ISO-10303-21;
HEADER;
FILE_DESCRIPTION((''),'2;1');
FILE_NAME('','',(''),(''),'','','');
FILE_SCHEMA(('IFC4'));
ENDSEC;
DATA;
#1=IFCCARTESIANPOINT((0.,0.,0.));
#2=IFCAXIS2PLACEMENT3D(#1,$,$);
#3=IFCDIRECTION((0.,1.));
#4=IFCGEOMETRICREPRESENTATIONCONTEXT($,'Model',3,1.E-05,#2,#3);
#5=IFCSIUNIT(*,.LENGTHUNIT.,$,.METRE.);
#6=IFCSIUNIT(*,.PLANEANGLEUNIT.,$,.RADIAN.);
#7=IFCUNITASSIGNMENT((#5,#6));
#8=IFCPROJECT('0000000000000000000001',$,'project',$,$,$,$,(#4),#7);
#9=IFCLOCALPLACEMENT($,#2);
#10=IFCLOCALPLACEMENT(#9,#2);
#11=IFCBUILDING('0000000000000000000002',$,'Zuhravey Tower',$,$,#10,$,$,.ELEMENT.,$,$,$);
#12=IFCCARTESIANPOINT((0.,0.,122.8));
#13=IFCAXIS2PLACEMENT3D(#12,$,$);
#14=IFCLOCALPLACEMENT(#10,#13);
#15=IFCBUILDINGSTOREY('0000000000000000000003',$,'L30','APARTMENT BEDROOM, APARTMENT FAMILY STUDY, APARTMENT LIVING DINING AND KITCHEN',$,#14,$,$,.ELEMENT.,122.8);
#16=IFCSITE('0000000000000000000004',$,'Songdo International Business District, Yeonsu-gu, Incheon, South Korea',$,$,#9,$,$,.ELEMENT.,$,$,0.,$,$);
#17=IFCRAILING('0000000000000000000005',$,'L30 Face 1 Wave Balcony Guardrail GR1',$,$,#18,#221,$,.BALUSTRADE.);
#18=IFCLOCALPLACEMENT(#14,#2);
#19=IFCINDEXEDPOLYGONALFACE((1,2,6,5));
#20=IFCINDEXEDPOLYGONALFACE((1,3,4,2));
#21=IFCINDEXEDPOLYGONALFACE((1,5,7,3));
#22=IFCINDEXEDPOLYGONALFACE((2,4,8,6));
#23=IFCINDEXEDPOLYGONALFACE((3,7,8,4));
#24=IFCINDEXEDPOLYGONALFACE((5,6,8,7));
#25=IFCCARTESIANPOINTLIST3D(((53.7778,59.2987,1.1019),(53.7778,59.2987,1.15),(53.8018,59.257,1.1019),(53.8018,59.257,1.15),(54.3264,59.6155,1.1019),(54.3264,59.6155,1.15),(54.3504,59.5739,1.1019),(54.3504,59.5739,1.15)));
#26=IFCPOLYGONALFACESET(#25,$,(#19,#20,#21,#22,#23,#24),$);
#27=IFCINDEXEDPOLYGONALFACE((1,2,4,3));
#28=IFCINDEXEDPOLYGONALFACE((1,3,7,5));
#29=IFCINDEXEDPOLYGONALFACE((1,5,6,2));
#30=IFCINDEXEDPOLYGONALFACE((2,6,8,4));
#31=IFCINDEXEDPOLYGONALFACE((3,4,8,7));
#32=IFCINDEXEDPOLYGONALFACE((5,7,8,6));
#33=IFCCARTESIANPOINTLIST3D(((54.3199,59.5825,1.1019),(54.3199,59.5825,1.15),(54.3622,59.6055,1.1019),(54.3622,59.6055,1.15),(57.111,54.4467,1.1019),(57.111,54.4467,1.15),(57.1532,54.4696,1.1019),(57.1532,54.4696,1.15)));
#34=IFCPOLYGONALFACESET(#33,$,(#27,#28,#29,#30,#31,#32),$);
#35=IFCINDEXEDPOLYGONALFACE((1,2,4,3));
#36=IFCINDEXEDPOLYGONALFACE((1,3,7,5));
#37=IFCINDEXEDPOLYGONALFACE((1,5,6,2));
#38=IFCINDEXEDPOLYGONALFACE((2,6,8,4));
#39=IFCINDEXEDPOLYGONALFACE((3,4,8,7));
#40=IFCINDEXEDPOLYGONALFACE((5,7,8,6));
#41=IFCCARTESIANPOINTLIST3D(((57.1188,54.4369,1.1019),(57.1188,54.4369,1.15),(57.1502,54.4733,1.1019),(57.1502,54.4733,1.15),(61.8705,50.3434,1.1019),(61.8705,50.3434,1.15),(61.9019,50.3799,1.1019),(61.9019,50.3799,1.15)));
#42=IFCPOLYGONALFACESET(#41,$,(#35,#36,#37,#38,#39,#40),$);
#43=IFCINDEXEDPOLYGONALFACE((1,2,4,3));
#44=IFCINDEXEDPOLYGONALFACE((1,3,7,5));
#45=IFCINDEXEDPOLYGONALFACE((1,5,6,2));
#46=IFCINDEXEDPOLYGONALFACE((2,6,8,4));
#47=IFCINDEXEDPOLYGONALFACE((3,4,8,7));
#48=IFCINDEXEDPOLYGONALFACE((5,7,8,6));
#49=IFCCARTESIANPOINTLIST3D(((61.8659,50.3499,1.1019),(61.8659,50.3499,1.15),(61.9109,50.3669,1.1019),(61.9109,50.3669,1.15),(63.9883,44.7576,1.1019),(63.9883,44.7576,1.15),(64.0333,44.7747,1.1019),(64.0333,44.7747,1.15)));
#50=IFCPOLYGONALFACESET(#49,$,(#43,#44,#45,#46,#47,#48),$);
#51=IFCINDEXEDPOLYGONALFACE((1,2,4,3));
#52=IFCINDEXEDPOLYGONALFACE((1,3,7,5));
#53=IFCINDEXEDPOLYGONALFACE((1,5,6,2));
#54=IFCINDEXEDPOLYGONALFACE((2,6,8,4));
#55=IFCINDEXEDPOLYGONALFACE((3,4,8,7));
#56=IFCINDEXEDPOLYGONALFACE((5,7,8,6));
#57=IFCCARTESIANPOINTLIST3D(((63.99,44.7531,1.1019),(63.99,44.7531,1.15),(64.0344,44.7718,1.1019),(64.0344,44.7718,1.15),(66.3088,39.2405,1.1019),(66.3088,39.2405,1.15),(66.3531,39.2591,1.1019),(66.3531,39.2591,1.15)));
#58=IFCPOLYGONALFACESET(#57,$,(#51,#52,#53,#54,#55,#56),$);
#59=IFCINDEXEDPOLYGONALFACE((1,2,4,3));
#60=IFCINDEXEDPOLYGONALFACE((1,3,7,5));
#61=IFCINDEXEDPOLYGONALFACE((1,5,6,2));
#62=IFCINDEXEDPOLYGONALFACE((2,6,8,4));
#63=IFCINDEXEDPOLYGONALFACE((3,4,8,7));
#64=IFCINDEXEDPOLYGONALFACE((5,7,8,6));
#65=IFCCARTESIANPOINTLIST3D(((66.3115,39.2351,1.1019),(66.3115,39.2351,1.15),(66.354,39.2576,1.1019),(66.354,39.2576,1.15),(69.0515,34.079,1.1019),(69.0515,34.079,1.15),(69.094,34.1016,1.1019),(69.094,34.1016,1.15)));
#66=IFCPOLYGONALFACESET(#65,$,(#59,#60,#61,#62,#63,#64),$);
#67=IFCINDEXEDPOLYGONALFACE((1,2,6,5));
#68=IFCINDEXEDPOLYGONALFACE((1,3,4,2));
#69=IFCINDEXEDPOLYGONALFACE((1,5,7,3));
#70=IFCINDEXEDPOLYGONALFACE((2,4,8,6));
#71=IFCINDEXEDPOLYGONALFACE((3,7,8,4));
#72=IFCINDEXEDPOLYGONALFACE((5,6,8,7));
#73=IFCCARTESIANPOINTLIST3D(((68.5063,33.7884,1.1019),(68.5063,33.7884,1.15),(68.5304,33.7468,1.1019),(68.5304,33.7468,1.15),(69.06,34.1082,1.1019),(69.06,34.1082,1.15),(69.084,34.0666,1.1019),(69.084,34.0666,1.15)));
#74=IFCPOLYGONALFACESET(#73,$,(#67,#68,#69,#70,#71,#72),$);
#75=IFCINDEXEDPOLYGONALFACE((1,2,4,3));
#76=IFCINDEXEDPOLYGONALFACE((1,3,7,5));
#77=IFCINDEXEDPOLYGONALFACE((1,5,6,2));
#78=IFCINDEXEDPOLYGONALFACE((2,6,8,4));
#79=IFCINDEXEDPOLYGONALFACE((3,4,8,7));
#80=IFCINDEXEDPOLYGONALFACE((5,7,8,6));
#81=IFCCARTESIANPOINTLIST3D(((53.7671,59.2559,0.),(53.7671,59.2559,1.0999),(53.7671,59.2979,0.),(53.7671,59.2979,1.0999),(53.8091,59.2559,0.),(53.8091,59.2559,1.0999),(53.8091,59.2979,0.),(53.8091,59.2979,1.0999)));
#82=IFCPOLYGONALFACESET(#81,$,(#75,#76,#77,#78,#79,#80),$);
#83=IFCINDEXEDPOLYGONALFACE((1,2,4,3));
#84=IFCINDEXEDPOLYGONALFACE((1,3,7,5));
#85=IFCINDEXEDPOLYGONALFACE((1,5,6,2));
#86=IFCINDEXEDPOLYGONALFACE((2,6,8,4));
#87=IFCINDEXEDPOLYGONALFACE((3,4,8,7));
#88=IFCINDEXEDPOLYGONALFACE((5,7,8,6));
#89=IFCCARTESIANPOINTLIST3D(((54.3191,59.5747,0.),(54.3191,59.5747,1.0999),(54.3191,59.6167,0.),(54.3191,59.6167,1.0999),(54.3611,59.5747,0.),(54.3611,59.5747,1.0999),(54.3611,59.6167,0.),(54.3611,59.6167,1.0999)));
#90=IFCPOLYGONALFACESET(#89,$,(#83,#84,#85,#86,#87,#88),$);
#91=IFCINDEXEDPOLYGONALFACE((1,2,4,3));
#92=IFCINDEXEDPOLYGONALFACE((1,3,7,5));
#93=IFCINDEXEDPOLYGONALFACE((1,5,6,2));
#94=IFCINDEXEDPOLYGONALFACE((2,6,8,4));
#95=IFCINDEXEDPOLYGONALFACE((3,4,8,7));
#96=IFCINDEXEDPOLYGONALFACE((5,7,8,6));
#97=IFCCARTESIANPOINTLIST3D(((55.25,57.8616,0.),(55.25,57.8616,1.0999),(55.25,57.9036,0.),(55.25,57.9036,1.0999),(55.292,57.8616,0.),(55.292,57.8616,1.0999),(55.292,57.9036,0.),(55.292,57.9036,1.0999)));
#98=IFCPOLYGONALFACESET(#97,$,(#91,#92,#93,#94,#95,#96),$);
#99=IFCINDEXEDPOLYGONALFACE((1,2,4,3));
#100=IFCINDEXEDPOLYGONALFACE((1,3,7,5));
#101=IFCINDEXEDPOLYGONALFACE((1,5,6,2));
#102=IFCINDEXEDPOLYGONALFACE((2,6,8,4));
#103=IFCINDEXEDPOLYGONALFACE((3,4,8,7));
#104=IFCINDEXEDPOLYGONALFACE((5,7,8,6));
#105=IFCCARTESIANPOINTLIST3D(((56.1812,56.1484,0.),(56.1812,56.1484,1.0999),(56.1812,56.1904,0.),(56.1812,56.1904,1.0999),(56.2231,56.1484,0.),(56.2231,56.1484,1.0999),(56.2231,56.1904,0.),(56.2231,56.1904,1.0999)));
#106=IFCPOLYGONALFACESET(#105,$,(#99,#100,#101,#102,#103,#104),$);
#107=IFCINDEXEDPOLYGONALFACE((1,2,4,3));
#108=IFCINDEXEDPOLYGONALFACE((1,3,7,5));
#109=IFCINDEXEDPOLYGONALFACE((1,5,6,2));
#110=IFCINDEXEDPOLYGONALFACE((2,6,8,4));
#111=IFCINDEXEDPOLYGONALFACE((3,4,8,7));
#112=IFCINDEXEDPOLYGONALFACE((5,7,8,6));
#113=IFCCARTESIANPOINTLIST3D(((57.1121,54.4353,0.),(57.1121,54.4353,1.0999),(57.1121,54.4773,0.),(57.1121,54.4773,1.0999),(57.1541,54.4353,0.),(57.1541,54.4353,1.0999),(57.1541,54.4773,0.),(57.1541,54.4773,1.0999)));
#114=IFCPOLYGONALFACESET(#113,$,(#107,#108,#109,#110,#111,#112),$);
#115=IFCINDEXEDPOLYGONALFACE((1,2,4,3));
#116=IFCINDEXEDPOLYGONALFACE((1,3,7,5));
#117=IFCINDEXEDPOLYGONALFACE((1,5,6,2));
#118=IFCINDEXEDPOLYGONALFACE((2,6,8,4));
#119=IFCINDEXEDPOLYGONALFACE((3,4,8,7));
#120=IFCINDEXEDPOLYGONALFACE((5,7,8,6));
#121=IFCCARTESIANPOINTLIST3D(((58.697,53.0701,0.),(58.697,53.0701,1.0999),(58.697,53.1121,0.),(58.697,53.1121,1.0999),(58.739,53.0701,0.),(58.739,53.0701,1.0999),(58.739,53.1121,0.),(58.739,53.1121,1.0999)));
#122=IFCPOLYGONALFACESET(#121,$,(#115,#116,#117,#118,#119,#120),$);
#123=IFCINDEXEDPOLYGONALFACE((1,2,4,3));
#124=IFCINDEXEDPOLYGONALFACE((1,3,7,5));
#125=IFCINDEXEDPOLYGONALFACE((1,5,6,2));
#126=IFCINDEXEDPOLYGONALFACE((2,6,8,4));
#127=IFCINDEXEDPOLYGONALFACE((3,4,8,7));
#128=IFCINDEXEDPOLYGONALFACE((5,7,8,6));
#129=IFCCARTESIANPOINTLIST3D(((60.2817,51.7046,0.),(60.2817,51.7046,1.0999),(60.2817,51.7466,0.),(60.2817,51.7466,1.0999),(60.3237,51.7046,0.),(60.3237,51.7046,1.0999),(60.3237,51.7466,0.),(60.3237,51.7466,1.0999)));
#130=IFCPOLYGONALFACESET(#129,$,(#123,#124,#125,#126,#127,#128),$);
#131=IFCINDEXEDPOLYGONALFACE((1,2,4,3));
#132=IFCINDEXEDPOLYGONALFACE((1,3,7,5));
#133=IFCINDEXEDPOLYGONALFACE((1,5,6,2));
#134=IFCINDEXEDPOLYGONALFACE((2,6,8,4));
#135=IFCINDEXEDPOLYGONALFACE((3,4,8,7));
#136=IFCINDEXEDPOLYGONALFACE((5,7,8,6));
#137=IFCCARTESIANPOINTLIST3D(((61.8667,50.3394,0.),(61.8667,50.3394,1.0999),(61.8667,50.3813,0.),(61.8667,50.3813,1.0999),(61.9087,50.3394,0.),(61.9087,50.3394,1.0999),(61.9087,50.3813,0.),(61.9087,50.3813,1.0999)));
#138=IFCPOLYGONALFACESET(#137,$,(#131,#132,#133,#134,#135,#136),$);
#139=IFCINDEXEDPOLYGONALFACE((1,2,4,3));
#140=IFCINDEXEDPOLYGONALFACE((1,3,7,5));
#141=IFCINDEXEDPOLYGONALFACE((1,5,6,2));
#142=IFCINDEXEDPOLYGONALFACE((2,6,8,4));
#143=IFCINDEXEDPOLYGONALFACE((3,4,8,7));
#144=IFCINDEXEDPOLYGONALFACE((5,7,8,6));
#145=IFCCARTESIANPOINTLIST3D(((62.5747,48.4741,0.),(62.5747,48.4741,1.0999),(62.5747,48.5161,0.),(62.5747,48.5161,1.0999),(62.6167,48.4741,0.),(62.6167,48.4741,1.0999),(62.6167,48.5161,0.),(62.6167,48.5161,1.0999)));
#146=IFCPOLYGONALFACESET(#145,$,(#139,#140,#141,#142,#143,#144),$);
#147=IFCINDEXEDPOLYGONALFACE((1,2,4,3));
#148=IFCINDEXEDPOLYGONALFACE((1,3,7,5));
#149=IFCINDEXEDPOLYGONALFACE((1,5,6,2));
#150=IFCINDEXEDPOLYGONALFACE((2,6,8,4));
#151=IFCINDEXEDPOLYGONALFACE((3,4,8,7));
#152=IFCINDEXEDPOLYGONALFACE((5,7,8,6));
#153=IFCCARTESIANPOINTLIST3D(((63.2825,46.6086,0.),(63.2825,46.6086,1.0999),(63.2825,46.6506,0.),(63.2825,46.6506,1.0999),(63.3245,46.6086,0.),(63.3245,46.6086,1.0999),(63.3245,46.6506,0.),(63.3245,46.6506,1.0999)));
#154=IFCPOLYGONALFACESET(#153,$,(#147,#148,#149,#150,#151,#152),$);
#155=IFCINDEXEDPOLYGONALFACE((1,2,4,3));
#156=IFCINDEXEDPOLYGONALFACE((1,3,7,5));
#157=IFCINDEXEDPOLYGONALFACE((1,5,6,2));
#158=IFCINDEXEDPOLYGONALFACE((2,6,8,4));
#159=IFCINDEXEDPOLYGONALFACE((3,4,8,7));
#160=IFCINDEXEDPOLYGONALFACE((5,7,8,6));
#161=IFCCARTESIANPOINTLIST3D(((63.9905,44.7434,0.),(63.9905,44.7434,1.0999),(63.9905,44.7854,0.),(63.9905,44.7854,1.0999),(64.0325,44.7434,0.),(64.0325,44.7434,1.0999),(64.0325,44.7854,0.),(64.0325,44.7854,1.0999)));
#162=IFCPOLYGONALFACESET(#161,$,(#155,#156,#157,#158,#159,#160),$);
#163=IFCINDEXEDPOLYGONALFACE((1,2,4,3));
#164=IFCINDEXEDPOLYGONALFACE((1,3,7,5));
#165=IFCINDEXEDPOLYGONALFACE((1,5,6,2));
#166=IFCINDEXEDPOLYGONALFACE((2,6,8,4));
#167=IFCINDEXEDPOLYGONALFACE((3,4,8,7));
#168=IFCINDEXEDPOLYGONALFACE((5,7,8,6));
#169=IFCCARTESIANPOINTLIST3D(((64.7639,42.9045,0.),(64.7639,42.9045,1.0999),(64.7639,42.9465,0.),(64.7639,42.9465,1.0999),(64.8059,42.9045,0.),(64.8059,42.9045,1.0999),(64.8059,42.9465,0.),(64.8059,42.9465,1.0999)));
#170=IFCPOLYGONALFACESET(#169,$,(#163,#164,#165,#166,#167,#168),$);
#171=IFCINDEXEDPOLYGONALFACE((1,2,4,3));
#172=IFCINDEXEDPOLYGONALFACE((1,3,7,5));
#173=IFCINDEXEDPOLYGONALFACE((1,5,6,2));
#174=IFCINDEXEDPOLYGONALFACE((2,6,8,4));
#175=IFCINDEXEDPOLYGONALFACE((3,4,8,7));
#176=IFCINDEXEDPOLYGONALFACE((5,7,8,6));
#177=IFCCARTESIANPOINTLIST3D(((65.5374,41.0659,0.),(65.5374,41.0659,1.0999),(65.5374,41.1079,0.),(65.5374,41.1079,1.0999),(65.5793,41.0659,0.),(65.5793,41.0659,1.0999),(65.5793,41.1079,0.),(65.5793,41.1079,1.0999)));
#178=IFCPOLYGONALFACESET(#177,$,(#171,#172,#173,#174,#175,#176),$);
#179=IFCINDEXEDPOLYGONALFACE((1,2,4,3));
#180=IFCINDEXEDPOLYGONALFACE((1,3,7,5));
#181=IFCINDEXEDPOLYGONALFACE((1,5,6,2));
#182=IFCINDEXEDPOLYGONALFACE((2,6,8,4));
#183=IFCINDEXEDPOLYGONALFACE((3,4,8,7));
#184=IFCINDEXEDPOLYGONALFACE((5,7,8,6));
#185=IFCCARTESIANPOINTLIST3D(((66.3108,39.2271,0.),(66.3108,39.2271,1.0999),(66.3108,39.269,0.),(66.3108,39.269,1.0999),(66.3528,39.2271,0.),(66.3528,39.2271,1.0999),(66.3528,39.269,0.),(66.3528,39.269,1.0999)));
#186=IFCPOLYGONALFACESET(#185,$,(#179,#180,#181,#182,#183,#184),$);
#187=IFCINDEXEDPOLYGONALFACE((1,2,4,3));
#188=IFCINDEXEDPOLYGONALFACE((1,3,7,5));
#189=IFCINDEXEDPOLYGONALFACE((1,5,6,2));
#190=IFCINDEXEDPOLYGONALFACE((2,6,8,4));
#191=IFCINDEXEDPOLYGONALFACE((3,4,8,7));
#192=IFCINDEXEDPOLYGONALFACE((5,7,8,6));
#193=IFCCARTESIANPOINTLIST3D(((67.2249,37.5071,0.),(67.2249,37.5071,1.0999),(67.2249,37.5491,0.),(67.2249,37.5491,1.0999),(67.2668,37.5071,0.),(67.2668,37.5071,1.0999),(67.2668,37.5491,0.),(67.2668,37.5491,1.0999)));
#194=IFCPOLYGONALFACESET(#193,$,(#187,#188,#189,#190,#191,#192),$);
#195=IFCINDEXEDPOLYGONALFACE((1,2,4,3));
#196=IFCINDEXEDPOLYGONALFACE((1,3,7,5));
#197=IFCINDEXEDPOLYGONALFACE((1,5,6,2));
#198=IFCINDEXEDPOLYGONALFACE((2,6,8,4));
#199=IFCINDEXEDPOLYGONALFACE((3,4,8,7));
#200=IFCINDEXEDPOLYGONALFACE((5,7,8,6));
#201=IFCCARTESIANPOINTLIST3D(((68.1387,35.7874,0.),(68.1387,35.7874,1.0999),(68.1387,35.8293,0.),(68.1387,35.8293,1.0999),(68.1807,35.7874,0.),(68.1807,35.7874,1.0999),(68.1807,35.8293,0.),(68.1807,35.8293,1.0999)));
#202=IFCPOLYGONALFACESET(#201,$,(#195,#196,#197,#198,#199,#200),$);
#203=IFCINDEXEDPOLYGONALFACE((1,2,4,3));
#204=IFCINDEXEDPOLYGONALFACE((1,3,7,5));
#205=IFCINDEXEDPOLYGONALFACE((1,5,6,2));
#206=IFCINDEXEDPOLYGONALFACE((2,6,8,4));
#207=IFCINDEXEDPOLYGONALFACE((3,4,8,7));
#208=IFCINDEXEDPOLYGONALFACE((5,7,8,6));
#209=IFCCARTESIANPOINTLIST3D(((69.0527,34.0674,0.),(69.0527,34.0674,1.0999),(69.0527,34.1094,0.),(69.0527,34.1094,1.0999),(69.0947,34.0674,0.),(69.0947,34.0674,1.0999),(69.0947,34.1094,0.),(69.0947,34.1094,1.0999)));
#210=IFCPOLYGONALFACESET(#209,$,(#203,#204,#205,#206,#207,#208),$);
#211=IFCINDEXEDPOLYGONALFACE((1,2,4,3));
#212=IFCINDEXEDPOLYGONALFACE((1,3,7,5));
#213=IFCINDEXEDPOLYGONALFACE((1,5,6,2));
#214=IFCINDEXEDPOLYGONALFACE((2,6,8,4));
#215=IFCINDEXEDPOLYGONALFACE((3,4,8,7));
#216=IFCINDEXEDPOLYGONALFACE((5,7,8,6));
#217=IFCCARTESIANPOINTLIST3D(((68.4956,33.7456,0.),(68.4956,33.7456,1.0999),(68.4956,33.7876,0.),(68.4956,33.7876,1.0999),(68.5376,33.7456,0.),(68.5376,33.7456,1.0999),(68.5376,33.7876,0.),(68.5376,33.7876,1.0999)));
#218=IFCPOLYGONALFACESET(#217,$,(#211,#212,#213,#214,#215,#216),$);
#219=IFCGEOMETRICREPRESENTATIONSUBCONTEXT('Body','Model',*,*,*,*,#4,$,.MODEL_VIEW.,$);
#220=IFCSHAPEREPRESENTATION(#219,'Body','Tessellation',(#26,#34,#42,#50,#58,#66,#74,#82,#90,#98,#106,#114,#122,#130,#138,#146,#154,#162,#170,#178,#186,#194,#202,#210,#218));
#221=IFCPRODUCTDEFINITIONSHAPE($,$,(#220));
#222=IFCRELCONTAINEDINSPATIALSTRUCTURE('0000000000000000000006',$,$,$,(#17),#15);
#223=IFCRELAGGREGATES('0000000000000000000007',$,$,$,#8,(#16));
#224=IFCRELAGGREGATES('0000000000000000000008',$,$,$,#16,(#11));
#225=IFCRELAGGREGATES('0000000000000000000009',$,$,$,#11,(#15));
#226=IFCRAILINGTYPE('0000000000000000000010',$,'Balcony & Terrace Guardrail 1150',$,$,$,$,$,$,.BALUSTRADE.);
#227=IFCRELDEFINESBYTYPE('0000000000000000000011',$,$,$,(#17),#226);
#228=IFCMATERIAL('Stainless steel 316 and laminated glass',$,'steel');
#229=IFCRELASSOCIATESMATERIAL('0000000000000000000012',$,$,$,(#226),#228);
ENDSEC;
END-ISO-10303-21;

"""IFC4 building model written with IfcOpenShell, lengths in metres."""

from ifc_helpers import new_model, si_unit, direction, frame, origin, origin_2d, place, context, subcontext, project, spatial, rectangle, extrude, material, type_object, element, save


model = new_model("IFC4")

# Units and contexts
model_context = context("Model", 3, precision=1e-05, world=origin(), true_north=direction((0.0, 1.0)))
body_context = subcontext(model_context, "Body", "Model", "MODEL_VIEW")
ifc_project = project(units=[si_unit("LENGTHUNIT", "METRE"), si_unit("PLANEANGLEUNIT", "RADIAN")], contexts=[model_context])

# Site, building, storey
site_placement = place(None, origin())
site = spatial("IfcSite", under=ifc_project, at=site_placement, Name="Songdo International Business District, Yeonsu-gu, Incheon, South Korea", CompositionType="ELEMENT", RefElevation=0.0)
building_placement = place(site_placement, origin())
building = spatial("IfcBuilding", under=site, at=building_placement, Name="Zuhravey Tower", CompositionType="ELEMENT")
storey_placement = place(building_placement, frame((0.0, 0.0, 122.8)))
storey = spatial("IfcBuildingStorey", under=building, at=storey_placement, Name="L30", Description="APARTMENT BEDROOM, APARTMENT FAMILY STUDY, APARTMENT LIVING DINING AND KITCHEN", CompositionType="ELEMENT", Elevation=122.8)

# Railing
ifc_material_1 = material(Name="Stainless steel 316 and laminated glass", Category="steel")
railing_type = type_object("IfcRailingType", Name="Balcony & Terrace Guardrail 1150", PredefinedType="BALUSTRADE", material=ifc_material_1)
railing_placement = place(storey_placement, frame((53.7881, 59.2769, 0.0)))
element("IfcRailing", 1, at=railing_placement, inside=storey, type_object=railing_type, Name="L30 Face 1 Wave Balcony Guardrail GR1", PredefinedType="BALUSTRADE", context=body_context, shape_type="SweptSolid", body=[
    extrude(rectangle(XDim=0.0481, YDim=0.0481, at=origin_2d()), frame((0.0017, 0.001, 1.126), z_axis=(0.865924, 0.500176, 0.0), x_axis=(-0.500176, 0.865924, 0.0)), (0.0, 0.0, 1.0), 0.6335),
    extrude(rectangle(XDim=0.0481, YDim=0.0481, at=origin_2d()), frame((0.553, 0.3171, 1.126), z_axis=(0.477489, -0.878638, 0.0), x_axis=(0.878638, 0.477489, 0.0)), (0.0, 0.0, 1.0), 5.8452),
    extrude(rectangle(XDim=0.0481, YDim=0.0481, at=origin_2d()), frame((3.3464, -4.8218, 1.126), z_axis=(0.757637, -0.652676, 0.0), x_axis=(0.652676, 0.757637, 0.0)), (0.0, 0.0, 1.0), 6.2717),
    extrude(rectangle(XDim=0.0481, YDim=0.0481, at=origin_2d()), frame((8.1003, -8.9185, 1.126), z_axis=(0.354826, -0.934932, 0.0), x_axis=(0.934932, 0.354826, 0.0)), (0.0, 0.0, 1.0), 5.9814),
    extrude(rectangle(XDim=0.0481, YDim=0.0481, at=origin_2d()), frame((10.2241, -14.5144, 1.126), z_axis=(0.387721, -0.921777, 0.0), x_axis=(0.921777, 0.387721, 0.0)), (0.0, 0.0, 1.0), 5.9805),
    extrude(rectangle(XDim=0.0481, YDim=0.0481, at=origin_2d()), frame((12.5447, -20.0305, 1.126), z_axis=(0.469271, -0.883054, 0.0), x_axis=(0.883054, 0.469271, 0.0)), (0.0, 0.0, 1.0), 5.8389),
    extrude(rectangle(XDim=0.0481, YDim=0.0481, at=origin_2d()), frame((15.2839, -25.1895, 1.126), z_axis=(-0.865945, -0.500139, 0.0), x_axis=(0.500139, -0.865945, 0.0)), (0.0, 0.0, 1.0), 0.6394),
    extrude(rectangle(XDim=0.042, YDim=0.042, at=origin_2d()), origin(), (0.0, 0.0, 1.0), 1.0999),
    extrude(rectangle(XDim=0.042, YDim=0.042, at=origin_2d()), frame((0.552, 0.3188, 0.0)), (0.0, 0.0, 1.0), 1.0999),
    extrude(rectangle(XDim=0.042, YDim=0.042, at=origin_2d()), frame((1.4829, -1.3943, 0.0)), (0.0, 0.0, 1.0), 1.0999),
    extrude(rectangle(XDim=0.042, YDim=0.042, at=origin_2d()), frame((2.4141, -3.1074, 0.0)), (0.0, 0.0, 1.0), 1.0999),
    extrude(rectangle(XDim=0.042, YDim=0.042, at=origin_2d()), frame((3.345, -4.8206, 0.0)), (0.0, 0.0, 1.0), 1.0999),
    extrude(rectangle(XDim=0.042, YDim=0.042, at=origin_2d()), frame((4.9299, -6.1858, 0.0)), (0.0, 0.0, 1.0), 1.0999),
    extrude(rectangle(XDim=0.042, YDim=0.042, at=origin_2d()), frame((6.5146, -7.5513, 0.0)), (0.0, 0.0, 1.0), 1.0999),
    extrude(rectangle(XDim=0.042, YDim=0.042, at=origin_2d()), frame((8.0996, -8.9165, 0.0)), (0.0, 0.0, 1.0), 1.0999),
    extrude(rectangle(XDim=0.042, YDim=0.042, at=origin_2d()), frame((8.8076, -10.7817, 0.0)), (0.0, 0.0, 1.0), 1.0999),
    extrude(rectangle(XDim=0.042, YDim=0.042, at=origin_2d()), frame((9.5154, -12.6472, 0.0)), (0.0, 0.0, 1.0), 1.0999),
    extrude(rectangle(XDim=0.042, YDim=0.042, at=origin_2d()), frame((10.2234, -14.5125, 0.0)), (0.0, 0.0, 1.0), 1.0999),
    extrude(rectangle(XDim=0.042, YDim=0.042, at=origin_2d()), frame((10.9968, -16.3513, 0.0)), (0.0, 0.0, 1.0), 1.0999),
    extrude(rectangle(XDim=0.042, YDim=0.042, at=origin_2d()), frame((11.7703, -18.1899, 0.0)), (0.0, 0.0, 1.0), 1.0999),
    extrude(rectangle(XDim=0.042, YDim=0.042, at=origin_2d()), frame((12.5437, -20.0288, 0.0)), (0.0, 0.0, 1.0), 1.0999),
    extrude(rectangle(XDim=0.042, YDim=0.042, at=origin_2d()), frame((13.4578, -21.7488, 0.0)), (0.0, 0.0, 1.0), 1.0999),
    extrude(rectangle(XDim=0.042, YDim=0.042, at=origin_2d()), frame((14.3716, -23.4685, 0.0)), (0.0, 0.0, 1.0), 1.0999),
    extrude(rectangle(XDim=0.042, YDim=0.042, at=origin_2d()), frame((15.2856, -25.1885, 0.0)), (0.0, 0.0, 1.0), 1.0999),
    extrude(rectangle(XDim=0.042, YDim=0.042, at=origin_2d()), frame((14.7285, -25.5103, 0.0)), (0.0, 0.0, 1.0), 1.0999),
])

save(model, "model.ifc")
